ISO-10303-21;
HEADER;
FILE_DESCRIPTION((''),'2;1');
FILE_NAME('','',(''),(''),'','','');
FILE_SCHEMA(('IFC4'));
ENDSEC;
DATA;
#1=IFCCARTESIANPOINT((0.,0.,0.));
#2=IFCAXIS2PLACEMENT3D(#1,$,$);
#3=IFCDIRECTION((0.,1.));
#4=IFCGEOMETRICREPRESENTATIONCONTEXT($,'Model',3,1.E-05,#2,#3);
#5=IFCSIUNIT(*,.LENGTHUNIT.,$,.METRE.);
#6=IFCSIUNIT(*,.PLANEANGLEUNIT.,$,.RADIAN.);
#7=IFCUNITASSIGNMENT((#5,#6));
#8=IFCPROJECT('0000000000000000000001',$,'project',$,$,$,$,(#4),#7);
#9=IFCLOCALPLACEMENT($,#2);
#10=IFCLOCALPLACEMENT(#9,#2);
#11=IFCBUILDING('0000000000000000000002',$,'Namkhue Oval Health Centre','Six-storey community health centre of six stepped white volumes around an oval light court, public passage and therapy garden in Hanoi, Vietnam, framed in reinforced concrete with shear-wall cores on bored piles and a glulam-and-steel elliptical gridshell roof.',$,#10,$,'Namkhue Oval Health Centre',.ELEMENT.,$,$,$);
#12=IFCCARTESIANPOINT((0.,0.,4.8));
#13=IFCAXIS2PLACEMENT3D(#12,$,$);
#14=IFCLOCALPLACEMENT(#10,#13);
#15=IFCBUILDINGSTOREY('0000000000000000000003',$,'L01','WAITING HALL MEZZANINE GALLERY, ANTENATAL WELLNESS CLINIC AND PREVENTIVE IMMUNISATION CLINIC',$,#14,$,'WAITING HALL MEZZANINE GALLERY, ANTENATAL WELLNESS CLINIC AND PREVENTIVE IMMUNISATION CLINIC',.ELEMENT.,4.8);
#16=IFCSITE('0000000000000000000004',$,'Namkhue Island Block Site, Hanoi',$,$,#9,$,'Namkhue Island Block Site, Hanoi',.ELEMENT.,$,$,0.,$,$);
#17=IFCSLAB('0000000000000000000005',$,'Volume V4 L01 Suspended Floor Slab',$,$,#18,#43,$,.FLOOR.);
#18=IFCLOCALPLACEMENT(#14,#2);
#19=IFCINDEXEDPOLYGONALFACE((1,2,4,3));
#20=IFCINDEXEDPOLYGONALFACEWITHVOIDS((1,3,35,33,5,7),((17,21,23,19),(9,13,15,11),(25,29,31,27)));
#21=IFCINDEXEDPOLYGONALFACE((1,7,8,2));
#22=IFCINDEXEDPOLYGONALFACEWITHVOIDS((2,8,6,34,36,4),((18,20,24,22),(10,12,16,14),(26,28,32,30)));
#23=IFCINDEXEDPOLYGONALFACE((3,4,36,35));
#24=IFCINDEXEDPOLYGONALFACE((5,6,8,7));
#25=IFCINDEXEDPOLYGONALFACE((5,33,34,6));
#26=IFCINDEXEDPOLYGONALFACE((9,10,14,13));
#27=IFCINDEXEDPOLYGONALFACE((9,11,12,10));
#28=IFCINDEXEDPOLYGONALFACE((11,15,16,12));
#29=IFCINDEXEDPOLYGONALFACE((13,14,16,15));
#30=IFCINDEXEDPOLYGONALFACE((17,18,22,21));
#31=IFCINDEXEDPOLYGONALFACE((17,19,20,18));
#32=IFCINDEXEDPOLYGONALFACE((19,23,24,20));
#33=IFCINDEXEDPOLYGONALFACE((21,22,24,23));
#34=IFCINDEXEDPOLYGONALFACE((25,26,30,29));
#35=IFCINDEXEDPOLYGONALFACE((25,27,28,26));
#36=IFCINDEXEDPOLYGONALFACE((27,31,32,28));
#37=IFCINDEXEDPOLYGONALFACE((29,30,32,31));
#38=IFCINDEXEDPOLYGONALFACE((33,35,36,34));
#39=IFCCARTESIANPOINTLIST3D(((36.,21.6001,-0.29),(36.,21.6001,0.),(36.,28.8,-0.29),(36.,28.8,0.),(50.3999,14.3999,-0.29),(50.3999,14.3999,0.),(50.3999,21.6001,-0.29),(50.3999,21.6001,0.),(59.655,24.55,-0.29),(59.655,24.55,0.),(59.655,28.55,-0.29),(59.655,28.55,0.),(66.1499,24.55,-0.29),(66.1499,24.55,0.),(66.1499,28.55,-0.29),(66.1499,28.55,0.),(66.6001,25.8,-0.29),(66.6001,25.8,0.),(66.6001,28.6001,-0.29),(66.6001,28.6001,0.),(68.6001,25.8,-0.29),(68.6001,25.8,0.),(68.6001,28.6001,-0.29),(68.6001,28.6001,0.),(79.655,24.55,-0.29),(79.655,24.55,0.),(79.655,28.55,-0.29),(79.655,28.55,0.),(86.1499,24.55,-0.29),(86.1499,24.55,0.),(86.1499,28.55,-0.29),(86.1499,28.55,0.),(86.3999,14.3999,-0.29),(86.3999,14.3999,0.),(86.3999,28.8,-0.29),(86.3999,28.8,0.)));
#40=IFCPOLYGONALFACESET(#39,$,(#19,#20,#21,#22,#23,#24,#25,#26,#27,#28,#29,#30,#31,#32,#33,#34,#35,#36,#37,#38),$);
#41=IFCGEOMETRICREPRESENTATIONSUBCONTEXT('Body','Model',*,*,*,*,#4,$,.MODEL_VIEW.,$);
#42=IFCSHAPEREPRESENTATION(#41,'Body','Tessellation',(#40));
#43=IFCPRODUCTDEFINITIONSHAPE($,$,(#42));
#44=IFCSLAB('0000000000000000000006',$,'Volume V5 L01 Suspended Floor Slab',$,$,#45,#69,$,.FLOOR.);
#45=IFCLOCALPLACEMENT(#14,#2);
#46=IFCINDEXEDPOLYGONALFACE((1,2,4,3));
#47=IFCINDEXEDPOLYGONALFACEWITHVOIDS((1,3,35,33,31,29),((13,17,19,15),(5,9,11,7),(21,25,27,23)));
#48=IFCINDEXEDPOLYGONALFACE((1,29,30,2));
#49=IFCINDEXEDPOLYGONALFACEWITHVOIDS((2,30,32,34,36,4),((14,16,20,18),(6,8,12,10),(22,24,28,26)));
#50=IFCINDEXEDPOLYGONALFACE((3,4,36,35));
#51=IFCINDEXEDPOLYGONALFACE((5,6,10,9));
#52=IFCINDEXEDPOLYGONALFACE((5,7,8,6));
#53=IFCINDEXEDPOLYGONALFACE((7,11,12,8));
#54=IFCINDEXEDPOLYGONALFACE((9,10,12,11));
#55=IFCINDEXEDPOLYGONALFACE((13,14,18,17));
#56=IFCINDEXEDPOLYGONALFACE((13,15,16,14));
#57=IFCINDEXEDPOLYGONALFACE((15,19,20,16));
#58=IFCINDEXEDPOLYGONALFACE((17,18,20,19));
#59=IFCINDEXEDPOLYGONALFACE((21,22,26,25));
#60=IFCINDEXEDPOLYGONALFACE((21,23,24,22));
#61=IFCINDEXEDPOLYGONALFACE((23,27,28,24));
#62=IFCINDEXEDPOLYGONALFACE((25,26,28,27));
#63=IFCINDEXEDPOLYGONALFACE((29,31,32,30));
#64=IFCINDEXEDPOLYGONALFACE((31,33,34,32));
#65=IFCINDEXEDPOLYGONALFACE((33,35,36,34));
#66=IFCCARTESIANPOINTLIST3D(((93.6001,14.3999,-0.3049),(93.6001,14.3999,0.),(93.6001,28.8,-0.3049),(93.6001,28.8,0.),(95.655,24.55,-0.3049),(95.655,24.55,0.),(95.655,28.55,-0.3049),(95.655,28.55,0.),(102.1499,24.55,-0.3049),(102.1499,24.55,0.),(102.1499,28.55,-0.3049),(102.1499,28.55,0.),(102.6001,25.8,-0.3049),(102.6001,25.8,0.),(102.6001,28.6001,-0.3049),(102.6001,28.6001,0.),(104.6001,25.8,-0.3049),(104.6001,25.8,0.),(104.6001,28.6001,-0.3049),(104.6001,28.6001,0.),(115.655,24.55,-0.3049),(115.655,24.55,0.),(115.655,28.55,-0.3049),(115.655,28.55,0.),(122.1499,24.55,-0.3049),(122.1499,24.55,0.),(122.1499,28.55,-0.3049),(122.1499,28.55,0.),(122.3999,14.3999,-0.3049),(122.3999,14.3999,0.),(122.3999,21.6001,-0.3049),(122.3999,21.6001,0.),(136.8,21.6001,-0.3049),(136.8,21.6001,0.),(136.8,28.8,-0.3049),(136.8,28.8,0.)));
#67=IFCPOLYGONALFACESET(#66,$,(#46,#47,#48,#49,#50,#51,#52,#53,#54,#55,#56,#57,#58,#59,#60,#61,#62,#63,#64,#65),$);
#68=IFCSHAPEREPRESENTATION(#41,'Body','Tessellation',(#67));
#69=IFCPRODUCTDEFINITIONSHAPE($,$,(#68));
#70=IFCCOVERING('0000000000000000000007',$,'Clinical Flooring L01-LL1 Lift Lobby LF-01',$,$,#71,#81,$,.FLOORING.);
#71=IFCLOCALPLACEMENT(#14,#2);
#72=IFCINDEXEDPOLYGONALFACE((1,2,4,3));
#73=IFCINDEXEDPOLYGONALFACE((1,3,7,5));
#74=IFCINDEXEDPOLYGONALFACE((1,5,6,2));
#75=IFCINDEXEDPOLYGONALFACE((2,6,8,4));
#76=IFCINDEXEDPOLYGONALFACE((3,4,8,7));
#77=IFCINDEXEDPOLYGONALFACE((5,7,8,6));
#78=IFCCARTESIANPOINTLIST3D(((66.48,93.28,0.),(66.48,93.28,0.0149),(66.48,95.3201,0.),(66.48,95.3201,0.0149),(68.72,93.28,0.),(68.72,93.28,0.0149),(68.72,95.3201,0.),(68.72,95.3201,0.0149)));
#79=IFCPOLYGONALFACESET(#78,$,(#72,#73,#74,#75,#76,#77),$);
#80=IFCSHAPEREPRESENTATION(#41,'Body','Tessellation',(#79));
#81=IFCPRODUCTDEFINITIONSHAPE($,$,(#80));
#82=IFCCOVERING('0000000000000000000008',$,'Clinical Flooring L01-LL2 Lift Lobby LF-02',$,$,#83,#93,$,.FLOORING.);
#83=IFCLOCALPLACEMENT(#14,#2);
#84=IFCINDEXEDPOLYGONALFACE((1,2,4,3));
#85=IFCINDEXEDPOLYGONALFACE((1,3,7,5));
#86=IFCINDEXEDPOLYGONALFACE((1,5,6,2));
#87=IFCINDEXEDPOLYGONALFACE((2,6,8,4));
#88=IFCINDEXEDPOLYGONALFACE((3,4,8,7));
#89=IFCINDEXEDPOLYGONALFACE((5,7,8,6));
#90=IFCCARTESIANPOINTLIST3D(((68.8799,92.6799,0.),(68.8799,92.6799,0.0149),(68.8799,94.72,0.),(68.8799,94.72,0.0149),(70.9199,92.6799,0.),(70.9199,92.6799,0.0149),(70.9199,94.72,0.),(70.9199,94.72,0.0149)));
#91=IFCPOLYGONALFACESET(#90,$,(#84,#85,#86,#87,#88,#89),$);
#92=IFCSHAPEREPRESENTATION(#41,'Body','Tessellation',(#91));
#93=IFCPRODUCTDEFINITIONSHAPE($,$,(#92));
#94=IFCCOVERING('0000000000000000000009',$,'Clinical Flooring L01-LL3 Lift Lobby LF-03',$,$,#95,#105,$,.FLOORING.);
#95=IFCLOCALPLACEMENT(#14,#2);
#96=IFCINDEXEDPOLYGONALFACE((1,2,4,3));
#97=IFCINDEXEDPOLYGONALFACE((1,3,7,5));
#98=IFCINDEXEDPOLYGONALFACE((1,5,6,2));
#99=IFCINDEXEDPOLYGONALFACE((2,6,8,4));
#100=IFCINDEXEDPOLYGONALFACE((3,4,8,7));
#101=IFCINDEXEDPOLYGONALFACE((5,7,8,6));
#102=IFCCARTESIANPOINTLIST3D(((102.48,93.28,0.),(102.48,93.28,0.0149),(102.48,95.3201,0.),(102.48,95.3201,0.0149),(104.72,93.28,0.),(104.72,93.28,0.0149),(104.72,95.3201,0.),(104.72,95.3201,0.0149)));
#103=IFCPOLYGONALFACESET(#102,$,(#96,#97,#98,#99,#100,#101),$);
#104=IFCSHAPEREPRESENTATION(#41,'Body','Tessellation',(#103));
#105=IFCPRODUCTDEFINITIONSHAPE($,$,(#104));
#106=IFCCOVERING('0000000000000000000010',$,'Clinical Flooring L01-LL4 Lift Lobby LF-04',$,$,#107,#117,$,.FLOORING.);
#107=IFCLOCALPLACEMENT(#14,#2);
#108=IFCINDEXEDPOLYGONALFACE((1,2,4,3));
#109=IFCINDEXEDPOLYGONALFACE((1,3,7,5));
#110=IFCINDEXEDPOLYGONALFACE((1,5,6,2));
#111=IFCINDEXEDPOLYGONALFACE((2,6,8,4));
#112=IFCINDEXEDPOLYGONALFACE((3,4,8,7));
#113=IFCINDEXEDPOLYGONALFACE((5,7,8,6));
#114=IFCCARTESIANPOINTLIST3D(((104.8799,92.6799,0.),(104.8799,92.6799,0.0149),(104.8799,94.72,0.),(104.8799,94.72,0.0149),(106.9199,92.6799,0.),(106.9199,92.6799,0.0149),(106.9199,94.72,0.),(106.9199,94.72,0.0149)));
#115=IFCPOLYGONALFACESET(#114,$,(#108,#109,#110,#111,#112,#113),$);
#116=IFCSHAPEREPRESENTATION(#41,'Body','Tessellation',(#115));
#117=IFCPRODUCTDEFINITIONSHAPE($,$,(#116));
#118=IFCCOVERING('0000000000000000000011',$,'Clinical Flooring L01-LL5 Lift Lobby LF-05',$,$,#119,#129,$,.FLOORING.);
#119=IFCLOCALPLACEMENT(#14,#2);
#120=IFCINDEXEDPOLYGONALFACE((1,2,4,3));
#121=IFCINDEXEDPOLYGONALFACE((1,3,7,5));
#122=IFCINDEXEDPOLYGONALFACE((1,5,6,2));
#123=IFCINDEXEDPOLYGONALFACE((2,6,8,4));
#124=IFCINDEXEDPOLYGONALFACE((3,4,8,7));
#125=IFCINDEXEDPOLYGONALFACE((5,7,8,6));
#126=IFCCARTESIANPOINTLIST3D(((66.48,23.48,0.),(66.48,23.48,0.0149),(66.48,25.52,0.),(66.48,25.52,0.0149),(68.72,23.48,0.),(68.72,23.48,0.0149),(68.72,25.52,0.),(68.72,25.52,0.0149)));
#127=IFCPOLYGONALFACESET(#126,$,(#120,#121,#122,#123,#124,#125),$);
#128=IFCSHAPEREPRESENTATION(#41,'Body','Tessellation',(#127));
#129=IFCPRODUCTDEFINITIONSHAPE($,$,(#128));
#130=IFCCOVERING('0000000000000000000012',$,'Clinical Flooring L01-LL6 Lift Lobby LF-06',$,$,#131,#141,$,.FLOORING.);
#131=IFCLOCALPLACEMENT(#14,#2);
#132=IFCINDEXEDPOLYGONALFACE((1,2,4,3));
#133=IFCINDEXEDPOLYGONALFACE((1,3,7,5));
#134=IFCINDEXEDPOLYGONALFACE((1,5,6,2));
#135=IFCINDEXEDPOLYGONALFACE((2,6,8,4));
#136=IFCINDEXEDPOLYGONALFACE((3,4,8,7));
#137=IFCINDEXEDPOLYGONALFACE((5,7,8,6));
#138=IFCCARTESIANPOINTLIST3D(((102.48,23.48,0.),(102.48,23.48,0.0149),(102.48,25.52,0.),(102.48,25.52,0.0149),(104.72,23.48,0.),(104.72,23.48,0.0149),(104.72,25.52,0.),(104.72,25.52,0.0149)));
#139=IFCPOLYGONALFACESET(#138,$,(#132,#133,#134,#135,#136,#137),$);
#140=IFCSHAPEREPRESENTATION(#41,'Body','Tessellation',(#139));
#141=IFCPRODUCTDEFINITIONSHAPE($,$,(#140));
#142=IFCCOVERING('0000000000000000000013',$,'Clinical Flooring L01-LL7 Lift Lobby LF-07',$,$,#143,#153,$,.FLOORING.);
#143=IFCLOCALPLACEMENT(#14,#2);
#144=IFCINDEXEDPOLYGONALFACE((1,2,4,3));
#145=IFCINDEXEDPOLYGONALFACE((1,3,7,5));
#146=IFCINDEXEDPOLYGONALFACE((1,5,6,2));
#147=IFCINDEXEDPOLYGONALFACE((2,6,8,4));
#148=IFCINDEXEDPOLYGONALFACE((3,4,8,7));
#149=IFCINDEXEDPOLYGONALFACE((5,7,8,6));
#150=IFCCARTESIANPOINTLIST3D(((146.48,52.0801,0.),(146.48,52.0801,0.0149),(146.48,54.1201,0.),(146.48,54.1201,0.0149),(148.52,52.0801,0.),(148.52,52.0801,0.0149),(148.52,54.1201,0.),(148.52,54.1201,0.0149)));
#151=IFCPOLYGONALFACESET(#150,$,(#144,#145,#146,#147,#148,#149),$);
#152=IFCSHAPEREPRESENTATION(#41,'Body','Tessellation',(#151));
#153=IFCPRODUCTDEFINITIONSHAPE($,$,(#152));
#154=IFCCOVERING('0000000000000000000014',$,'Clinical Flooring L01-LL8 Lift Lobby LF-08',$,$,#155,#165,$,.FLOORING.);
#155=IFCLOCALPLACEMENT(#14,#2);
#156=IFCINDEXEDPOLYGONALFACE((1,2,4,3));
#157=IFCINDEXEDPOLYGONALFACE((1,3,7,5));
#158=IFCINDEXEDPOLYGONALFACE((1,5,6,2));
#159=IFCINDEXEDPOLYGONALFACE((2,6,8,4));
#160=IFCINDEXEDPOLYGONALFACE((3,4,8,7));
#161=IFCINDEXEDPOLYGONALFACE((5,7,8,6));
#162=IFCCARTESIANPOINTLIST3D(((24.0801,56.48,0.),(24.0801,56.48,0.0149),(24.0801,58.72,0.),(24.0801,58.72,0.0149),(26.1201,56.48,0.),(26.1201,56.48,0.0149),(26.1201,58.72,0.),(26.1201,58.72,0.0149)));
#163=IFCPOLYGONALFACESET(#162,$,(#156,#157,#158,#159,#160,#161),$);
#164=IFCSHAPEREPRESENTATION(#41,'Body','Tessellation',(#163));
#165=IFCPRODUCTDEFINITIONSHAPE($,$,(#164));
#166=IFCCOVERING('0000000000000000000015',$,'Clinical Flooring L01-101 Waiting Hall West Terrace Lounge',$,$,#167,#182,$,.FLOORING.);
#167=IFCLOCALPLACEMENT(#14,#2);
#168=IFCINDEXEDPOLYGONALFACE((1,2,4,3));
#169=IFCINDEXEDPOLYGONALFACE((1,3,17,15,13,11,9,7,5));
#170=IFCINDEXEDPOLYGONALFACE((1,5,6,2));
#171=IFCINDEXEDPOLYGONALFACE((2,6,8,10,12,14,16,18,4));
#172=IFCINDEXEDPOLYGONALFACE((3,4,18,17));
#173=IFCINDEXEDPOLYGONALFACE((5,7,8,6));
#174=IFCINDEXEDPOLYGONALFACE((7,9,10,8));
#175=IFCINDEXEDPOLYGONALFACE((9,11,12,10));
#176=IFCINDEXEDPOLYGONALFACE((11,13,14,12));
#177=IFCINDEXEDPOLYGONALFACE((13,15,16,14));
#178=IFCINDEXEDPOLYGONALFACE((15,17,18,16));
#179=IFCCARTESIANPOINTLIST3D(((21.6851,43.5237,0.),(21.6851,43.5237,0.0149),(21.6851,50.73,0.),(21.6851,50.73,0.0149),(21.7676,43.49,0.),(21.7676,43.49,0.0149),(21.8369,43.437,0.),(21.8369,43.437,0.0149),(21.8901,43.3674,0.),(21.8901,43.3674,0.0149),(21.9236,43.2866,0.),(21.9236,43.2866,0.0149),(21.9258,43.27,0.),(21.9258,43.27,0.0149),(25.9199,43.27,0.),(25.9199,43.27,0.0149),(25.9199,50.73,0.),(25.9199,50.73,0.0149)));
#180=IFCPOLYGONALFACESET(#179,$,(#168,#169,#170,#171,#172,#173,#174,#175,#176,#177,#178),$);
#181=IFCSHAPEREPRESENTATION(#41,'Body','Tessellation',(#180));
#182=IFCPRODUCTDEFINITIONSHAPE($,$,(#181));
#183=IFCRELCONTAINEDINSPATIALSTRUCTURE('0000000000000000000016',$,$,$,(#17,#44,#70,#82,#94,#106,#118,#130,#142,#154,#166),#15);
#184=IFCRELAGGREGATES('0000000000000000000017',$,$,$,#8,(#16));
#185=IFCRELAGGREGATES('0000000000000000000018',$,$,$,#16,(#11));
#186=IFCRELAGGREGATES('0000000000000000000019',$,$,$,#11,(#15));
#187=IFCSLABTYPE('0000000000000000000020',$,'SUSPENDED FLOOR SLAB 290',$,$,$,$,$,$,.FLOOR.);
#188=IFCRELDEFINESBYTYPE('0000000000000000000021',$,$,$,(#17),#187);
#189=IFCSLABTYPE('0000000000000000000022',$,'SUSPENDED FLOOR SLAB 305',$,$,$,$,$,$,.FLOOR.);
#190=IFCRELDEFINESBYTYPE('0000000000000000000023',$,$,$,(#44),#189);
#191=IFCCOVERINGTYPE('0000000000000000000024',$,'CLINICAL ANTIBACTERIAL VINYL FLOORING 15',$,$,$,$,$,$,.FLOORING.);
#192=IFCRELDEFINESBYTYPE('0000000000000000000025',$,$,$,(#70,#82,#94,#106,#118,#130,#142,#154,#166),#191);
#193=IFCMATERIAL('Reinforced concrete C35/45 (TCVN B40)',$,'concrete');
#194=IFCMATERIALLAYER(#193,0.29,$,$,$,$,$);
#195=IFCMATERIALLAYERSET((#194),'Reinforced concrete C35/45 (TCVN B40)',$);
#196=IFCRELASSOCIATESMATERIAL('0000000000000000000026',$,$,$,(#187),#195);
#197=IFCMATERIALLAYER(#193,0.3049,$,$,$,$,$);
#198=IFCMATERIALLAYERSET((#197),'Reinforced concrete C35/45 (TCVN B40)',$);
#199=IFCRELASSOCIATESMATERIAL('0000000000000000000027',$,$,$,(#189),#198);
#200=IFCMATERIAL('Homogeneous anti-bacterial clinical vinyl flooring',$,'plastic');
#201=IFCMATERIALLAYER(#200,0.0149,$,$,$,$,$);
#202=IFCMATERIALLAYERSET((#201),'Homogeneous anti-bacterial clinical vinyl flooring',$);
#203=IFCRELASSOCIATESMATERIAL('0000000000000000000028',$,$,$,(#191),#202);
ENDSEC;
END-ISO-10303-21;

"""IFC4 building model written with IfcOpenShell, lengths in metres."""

from ifc_helpers import new_model, si_unit, direction, frame, origin, place, context, subcontext, project, spatial, polyline, outline, extrude, material, layer, layer_set, type_object, element, save


model = new_model("IFC4")

# Units and contexts
model_context = context("Model", 3, precision=1e-05, world=origin(), true_north=direction((0.0, 1.0)))
body_context = subcontext(model_context, "Body", "Model", "MODEL_VIEW")
ifc_project = project(units=[si_unit("LENGTHUNIT", "METRE"), si_unit("PLANEANGLEUNIT", "RADIAN")], contexts=[model_context])

# Site, building, storey
site_placement = place(None, origin())
site = spatial("IfcSite", under=ifc_project, at=site_placement, Name="Namkhue Island Block Site, Hanoi", LongName="Namkhue Island Block Site, Hanoi", CompositionType="ELEMENT", RefElevation=0.0)
building_placement = place(site_placement, origin())
building = spatial("IfcBuilding", under=site, at=building_placement, Name="Namkhue Oval Health Centre", Description="Six-storey community health centre of six stepped white volumes around an oval light court, public passage and therapy garden in Hanoi, Vietnam, framed in reinforced concrete with shear-wall cores on bored piles and a glulam-and-steel elliptical gridshell roof.", LongName="Namkhue Oval Health Centre", CompositionType="ELEMENT")
storey_placement = place(building_placement, frame((0.0, 0.0, 4.8)))
storey = spatial("IfcBuildingStorey", under=building, at=storey_placement, Name="L01", Description="WAITING HALL MEZZANINE GALLERY, ANTENATAL WELLNESS CLINIC AND PREVENTIVE IMMUNISATION CLINIC", LongName="WAITING HALL MEZZANINE GALLERY, ANTENATAL WELLNESS CLINIC AND PREVENTIVE IMMUNISATION CLINIC", CompositionType="ELEMENT", Elevation=4.8)

# Slabs
ifc_material_1 = material(Name="Reinforced concrete C35/45 (TCVN B40)", Category="concrete")
ifc_layer_1 = layer(ifc_material_1, 0.29)
ifc_layer_set_1 = layer_set([ifc_layer_1], Name="Reinforced concrete C35/45 (TCVN B40)")
slab_type_1 = type_object("IfcSlabType", Name="SUSPENDED FLOOR SLAB 290", PredefinedType="FLOOR", material=ifc_layer_set_1)
slab_1_placement = place(storey_placement, frame((0.0, 0.0, -0.29)))
element("IfcSlab", 1, at=slab_1_placement, inside=storey, type_object=slab_type_1, Name="Volume V4 L01 Suspended Floor Slab", PredefinedType="FLOOR", context=body_context, shape_type="SweptSolid", body=[
    extrude(outline(polyline([(50.3999, 14.3999), (86.3999, 14.3999), (86.3999, 28.8), (36.0, 28.8), (36.0, 21.6001), (50.3999, 21.6001), (50.3999, 14.3999)]), holes=[polyline([(59.655, 24.55), (66.1499, 24.55), (66.1499, 28.55), (59.655, 28.55), (59.655, 24.55)]), polyline([(79.655, 24.55), (86.1499, 24.55), (86.1499, 28.55), (79.655, 28.55), (79.655, 24.55)]), polyline([(66.6001, 25.8), (68.6001, 25.8), (68.6001, 28.6001), (66.6001, 28.6001), (66.6001, 25.8)])]), origin(), (0.0, 0.0, 1.0), 0.29),
])
ifc_layer_2 = layer(ifc_material_1, 0.3049)
ifc_layer_set_2 = layer_set([ifc_layer_2], Name="Reinforced concrete C35/45 (TCVN B40)")
slab_type_2 = type_object("IfcSlabType", Name="SUSPENDED FLOOR SLAB 305", PredefinedType="FLOOR", material=ifc_layer_set_2)
slab_2_placement = place(storey_placement, frame((0.0, 0.0, -0.3049)))
element("IfcSlab", 2, at=slab_2_placement, inside=storey, type_object=slab_type_2, Name="Volume V5 L01 Suspended Floor Slab", PredefinedType="FLOOR", context=body_context, shape_type="SweptSolid", body=[
    extrude(outline(polyline([(93.6001, 14.3999), (122.3999, 14.3999), (122.3999, 21.6001), (136.8, 21.6001), (136.8, 28.8), (93.6001, 28.8), (93.6001, 14.3999)]), holes=[polyline([(95.655, 24.55), (102.1499, 24.55), (102.1499, 28.55), (95.655, 28.55), (95.655, 24.55)]), polyline([(115.655, 24.55), (122.1499, 24.55), (122.1499, 28.55), (115.655, 28.55), (115.655, 24.55)]), polyline([(102.6001, 25.8), (104.6001, 25.8), (104.6001, 28.6001), (102.6001, 28.6001), (102.6001, 25.8)])]), origin(), (0.0, 0.0, 1.0), 0.3049),
])

# Coverings
ifc_material_2 = material(Name="Homogeneous anti-bacterial clinical vinyl flooring", Category="plastic")
ifc_layer_3 = layer(ifc_material_2, 0.0149)
ifc_layer_set_3 = layer_set([ifc_layer_3], Name="Homogeneous anti-bacterial clinical vinyl flooring")
covering_type = type_object("IfcCoveringType", Name="CLINICAL ANTIBACTERIAL VINYL FLOORING 15", PredefinedType="FLOORING", material=ifc_layer_set_3)
covering_1_placement = place(storey_placement, origin())
element("IfcCovering", 3, at=covering_1_placement, inside=storey, type_object=covering_type, Name="Clinical Flooring L01-LL1 Lift Lobby LF-01", PredefinedType="FLOORING", context=body_context, shape_type="SweptSolid", body=[
    extrude(outline(polyline([(66.48, 93.28), (66.48, 95.3201), (68.72, 95.3201), (68.72, 93.28), (66.48, 93.28)])), origin(), (0.0, 0.0, 1.0), 0.0149),
])
covering_2_placement = place(storey_placement, origin())
element("IfcCovering", 4, at=covering_2_placement, inside=storey, type_object=covering_type, Name="Clinical Flooring L01-LL2 Lift Lobby LF-02", PredefinedType="FLOORING", context=body_context, shape_type="SweptSolid", body=[
    extrude(outline(polyline([(68.8799, 92.6799), (68.8799, 94.72), (70.9199, 94.72), (70.9199, 92.6799), (68.8799, 92.6799)])), origin(), (0.0, 0.0, 1.0), 0.0149),
])
covering_3_placement = place(storey_placement, origin())
element("IfcCovering", 5, at=covering_3_placement, inside=storey, type_object=covering_type, Name="Clinical Flooring L01-LL3 Lift Lobby LF-03", PredefinedType="FLOORING", context=body_context, shape_type="SweptSolid", body=[
    extrude(outline(polyline([(102.48, 93.28), (102.48, 95.3201), (104.72, 95.3201), (104.72, 93.28), (102.48, 93.28)])), origin(), (0.0, 0.0, 1.0), 0.0149),
])
covering_4_placement = place(storey_placement, origin())
element("IfcCovering", 6, at=covering_4_placement, inside=storey, type_object=covering_type, Name="Clinical Flooring L01-LL4 Lift Lobby LF-04", PredefinedType="FLOORING", context=body_context, shape_type="SweptSolid", body=[
    extrude(outline(polyline([(104.8799, 92.6799), (104.8799, 94.72), (106.9199, 94.72), (106.9199, 92.6799), (104.8799, 92.6799)])), origin(), (0.0, 0.0, 1.0), 0.0149),
])
covering_5_placement = place(storey_placement, origin())
element("IfcCovering", 7, at=covering_5_placement, inside=storey, type_object=covering_type, Name="Clinical Flooring L01-LL5 Lift Lobby LF-05", PredefinedType="FLOORING", context=body_context, shape_type="SweptSolid", body=[
    extrude(outline(polyline([(66.48, 23.48), (66.48, 25.52), (68.72, 25.52), (68.72, 23.48), (66.48, 23.48)])), origin(), (0.0, 0.0, 1.0), 0.0149),
])
covering_6_placement = place(storey_placement, origin())
element("IfcCovering", 8, at=covering_6_placement, inside=storey, type_object=covering_type, Name="Clinical Flooring L01-LL6 Lift Lobby LF-06", PredefinedType="FLOORING", context=body_context, shape_type="SweptSolid", body=[
    extrude(outline(polyline([(102.48, 23.48), (102.48, 25.52), (104.72, 25.52), (104.72, 23.48), (102.48, 23.48)])), origin(), (0.0, 0.0, 1.0), 0.0149),
])
covering_7_placement = place(storey_placement, origin())
element("IfcCovering", 9, at=covering_7_placement, inside=storey, type_object=covering_type, Name="Clinical Flooring L01-LL7 Lift Lobby LF-07", PredefinedType="FLOORING", context=body_context, shape_type="SweptSolid", body=[
    extrude(outline(polyline([(146.48, 52.0801), (146.48, 54.1201), (148.52, 54.1201), (148.52, 52.0801), (146.48, 52.0801)])), origin(), (0.0, 0.0, 1.0), 0.0149),
])
covering_8_placement = place(storey_placement, origin())
element("IfcCovering", 10, at=covering_8_placement, inside=storey, type_object=covering_type, Name="Clinical Flooring L01-LL8 Lift Lobby LF-08", PredefinedType="FLOORING", context=body_context, shape_type="SweptSolid", body=[
    extrude(outline(polyline([(24.0801, 56.48), (24.0801, 58.72), (26.1201, 58.72), (26.1201, 56.48), (24.0801, 56.48)])), origin(), (0.0, 0.0, 1.0), 0.0149),
])
covering_9_placement = place(storey_placement, origin())
element("IfcCovering", 11, at=covering_9_placement, inside=storey, type_object=covering_type, Name="Clinical Flooring L01-101 Waiting Hall West Terrace Lounge", PredefinedType="FLOORING", context=body_context, shape_type="SweptSolid", body=[
    extrude(outline(polyline([(21.9258, 43.27), (21.9236, 43.2866), (21.8901, 43.3674), (21.8369, 43.437), (21.7676, 43.49), (21.6851, 43.5237), (21.6851, 50.73), (25.9199, 50.73), (25.9199, 43.27), (21.9258, 43.27)])), origin(), (0.0, 0.0, 1.0), 0.0149),
])

save(model, "model.ifc")
